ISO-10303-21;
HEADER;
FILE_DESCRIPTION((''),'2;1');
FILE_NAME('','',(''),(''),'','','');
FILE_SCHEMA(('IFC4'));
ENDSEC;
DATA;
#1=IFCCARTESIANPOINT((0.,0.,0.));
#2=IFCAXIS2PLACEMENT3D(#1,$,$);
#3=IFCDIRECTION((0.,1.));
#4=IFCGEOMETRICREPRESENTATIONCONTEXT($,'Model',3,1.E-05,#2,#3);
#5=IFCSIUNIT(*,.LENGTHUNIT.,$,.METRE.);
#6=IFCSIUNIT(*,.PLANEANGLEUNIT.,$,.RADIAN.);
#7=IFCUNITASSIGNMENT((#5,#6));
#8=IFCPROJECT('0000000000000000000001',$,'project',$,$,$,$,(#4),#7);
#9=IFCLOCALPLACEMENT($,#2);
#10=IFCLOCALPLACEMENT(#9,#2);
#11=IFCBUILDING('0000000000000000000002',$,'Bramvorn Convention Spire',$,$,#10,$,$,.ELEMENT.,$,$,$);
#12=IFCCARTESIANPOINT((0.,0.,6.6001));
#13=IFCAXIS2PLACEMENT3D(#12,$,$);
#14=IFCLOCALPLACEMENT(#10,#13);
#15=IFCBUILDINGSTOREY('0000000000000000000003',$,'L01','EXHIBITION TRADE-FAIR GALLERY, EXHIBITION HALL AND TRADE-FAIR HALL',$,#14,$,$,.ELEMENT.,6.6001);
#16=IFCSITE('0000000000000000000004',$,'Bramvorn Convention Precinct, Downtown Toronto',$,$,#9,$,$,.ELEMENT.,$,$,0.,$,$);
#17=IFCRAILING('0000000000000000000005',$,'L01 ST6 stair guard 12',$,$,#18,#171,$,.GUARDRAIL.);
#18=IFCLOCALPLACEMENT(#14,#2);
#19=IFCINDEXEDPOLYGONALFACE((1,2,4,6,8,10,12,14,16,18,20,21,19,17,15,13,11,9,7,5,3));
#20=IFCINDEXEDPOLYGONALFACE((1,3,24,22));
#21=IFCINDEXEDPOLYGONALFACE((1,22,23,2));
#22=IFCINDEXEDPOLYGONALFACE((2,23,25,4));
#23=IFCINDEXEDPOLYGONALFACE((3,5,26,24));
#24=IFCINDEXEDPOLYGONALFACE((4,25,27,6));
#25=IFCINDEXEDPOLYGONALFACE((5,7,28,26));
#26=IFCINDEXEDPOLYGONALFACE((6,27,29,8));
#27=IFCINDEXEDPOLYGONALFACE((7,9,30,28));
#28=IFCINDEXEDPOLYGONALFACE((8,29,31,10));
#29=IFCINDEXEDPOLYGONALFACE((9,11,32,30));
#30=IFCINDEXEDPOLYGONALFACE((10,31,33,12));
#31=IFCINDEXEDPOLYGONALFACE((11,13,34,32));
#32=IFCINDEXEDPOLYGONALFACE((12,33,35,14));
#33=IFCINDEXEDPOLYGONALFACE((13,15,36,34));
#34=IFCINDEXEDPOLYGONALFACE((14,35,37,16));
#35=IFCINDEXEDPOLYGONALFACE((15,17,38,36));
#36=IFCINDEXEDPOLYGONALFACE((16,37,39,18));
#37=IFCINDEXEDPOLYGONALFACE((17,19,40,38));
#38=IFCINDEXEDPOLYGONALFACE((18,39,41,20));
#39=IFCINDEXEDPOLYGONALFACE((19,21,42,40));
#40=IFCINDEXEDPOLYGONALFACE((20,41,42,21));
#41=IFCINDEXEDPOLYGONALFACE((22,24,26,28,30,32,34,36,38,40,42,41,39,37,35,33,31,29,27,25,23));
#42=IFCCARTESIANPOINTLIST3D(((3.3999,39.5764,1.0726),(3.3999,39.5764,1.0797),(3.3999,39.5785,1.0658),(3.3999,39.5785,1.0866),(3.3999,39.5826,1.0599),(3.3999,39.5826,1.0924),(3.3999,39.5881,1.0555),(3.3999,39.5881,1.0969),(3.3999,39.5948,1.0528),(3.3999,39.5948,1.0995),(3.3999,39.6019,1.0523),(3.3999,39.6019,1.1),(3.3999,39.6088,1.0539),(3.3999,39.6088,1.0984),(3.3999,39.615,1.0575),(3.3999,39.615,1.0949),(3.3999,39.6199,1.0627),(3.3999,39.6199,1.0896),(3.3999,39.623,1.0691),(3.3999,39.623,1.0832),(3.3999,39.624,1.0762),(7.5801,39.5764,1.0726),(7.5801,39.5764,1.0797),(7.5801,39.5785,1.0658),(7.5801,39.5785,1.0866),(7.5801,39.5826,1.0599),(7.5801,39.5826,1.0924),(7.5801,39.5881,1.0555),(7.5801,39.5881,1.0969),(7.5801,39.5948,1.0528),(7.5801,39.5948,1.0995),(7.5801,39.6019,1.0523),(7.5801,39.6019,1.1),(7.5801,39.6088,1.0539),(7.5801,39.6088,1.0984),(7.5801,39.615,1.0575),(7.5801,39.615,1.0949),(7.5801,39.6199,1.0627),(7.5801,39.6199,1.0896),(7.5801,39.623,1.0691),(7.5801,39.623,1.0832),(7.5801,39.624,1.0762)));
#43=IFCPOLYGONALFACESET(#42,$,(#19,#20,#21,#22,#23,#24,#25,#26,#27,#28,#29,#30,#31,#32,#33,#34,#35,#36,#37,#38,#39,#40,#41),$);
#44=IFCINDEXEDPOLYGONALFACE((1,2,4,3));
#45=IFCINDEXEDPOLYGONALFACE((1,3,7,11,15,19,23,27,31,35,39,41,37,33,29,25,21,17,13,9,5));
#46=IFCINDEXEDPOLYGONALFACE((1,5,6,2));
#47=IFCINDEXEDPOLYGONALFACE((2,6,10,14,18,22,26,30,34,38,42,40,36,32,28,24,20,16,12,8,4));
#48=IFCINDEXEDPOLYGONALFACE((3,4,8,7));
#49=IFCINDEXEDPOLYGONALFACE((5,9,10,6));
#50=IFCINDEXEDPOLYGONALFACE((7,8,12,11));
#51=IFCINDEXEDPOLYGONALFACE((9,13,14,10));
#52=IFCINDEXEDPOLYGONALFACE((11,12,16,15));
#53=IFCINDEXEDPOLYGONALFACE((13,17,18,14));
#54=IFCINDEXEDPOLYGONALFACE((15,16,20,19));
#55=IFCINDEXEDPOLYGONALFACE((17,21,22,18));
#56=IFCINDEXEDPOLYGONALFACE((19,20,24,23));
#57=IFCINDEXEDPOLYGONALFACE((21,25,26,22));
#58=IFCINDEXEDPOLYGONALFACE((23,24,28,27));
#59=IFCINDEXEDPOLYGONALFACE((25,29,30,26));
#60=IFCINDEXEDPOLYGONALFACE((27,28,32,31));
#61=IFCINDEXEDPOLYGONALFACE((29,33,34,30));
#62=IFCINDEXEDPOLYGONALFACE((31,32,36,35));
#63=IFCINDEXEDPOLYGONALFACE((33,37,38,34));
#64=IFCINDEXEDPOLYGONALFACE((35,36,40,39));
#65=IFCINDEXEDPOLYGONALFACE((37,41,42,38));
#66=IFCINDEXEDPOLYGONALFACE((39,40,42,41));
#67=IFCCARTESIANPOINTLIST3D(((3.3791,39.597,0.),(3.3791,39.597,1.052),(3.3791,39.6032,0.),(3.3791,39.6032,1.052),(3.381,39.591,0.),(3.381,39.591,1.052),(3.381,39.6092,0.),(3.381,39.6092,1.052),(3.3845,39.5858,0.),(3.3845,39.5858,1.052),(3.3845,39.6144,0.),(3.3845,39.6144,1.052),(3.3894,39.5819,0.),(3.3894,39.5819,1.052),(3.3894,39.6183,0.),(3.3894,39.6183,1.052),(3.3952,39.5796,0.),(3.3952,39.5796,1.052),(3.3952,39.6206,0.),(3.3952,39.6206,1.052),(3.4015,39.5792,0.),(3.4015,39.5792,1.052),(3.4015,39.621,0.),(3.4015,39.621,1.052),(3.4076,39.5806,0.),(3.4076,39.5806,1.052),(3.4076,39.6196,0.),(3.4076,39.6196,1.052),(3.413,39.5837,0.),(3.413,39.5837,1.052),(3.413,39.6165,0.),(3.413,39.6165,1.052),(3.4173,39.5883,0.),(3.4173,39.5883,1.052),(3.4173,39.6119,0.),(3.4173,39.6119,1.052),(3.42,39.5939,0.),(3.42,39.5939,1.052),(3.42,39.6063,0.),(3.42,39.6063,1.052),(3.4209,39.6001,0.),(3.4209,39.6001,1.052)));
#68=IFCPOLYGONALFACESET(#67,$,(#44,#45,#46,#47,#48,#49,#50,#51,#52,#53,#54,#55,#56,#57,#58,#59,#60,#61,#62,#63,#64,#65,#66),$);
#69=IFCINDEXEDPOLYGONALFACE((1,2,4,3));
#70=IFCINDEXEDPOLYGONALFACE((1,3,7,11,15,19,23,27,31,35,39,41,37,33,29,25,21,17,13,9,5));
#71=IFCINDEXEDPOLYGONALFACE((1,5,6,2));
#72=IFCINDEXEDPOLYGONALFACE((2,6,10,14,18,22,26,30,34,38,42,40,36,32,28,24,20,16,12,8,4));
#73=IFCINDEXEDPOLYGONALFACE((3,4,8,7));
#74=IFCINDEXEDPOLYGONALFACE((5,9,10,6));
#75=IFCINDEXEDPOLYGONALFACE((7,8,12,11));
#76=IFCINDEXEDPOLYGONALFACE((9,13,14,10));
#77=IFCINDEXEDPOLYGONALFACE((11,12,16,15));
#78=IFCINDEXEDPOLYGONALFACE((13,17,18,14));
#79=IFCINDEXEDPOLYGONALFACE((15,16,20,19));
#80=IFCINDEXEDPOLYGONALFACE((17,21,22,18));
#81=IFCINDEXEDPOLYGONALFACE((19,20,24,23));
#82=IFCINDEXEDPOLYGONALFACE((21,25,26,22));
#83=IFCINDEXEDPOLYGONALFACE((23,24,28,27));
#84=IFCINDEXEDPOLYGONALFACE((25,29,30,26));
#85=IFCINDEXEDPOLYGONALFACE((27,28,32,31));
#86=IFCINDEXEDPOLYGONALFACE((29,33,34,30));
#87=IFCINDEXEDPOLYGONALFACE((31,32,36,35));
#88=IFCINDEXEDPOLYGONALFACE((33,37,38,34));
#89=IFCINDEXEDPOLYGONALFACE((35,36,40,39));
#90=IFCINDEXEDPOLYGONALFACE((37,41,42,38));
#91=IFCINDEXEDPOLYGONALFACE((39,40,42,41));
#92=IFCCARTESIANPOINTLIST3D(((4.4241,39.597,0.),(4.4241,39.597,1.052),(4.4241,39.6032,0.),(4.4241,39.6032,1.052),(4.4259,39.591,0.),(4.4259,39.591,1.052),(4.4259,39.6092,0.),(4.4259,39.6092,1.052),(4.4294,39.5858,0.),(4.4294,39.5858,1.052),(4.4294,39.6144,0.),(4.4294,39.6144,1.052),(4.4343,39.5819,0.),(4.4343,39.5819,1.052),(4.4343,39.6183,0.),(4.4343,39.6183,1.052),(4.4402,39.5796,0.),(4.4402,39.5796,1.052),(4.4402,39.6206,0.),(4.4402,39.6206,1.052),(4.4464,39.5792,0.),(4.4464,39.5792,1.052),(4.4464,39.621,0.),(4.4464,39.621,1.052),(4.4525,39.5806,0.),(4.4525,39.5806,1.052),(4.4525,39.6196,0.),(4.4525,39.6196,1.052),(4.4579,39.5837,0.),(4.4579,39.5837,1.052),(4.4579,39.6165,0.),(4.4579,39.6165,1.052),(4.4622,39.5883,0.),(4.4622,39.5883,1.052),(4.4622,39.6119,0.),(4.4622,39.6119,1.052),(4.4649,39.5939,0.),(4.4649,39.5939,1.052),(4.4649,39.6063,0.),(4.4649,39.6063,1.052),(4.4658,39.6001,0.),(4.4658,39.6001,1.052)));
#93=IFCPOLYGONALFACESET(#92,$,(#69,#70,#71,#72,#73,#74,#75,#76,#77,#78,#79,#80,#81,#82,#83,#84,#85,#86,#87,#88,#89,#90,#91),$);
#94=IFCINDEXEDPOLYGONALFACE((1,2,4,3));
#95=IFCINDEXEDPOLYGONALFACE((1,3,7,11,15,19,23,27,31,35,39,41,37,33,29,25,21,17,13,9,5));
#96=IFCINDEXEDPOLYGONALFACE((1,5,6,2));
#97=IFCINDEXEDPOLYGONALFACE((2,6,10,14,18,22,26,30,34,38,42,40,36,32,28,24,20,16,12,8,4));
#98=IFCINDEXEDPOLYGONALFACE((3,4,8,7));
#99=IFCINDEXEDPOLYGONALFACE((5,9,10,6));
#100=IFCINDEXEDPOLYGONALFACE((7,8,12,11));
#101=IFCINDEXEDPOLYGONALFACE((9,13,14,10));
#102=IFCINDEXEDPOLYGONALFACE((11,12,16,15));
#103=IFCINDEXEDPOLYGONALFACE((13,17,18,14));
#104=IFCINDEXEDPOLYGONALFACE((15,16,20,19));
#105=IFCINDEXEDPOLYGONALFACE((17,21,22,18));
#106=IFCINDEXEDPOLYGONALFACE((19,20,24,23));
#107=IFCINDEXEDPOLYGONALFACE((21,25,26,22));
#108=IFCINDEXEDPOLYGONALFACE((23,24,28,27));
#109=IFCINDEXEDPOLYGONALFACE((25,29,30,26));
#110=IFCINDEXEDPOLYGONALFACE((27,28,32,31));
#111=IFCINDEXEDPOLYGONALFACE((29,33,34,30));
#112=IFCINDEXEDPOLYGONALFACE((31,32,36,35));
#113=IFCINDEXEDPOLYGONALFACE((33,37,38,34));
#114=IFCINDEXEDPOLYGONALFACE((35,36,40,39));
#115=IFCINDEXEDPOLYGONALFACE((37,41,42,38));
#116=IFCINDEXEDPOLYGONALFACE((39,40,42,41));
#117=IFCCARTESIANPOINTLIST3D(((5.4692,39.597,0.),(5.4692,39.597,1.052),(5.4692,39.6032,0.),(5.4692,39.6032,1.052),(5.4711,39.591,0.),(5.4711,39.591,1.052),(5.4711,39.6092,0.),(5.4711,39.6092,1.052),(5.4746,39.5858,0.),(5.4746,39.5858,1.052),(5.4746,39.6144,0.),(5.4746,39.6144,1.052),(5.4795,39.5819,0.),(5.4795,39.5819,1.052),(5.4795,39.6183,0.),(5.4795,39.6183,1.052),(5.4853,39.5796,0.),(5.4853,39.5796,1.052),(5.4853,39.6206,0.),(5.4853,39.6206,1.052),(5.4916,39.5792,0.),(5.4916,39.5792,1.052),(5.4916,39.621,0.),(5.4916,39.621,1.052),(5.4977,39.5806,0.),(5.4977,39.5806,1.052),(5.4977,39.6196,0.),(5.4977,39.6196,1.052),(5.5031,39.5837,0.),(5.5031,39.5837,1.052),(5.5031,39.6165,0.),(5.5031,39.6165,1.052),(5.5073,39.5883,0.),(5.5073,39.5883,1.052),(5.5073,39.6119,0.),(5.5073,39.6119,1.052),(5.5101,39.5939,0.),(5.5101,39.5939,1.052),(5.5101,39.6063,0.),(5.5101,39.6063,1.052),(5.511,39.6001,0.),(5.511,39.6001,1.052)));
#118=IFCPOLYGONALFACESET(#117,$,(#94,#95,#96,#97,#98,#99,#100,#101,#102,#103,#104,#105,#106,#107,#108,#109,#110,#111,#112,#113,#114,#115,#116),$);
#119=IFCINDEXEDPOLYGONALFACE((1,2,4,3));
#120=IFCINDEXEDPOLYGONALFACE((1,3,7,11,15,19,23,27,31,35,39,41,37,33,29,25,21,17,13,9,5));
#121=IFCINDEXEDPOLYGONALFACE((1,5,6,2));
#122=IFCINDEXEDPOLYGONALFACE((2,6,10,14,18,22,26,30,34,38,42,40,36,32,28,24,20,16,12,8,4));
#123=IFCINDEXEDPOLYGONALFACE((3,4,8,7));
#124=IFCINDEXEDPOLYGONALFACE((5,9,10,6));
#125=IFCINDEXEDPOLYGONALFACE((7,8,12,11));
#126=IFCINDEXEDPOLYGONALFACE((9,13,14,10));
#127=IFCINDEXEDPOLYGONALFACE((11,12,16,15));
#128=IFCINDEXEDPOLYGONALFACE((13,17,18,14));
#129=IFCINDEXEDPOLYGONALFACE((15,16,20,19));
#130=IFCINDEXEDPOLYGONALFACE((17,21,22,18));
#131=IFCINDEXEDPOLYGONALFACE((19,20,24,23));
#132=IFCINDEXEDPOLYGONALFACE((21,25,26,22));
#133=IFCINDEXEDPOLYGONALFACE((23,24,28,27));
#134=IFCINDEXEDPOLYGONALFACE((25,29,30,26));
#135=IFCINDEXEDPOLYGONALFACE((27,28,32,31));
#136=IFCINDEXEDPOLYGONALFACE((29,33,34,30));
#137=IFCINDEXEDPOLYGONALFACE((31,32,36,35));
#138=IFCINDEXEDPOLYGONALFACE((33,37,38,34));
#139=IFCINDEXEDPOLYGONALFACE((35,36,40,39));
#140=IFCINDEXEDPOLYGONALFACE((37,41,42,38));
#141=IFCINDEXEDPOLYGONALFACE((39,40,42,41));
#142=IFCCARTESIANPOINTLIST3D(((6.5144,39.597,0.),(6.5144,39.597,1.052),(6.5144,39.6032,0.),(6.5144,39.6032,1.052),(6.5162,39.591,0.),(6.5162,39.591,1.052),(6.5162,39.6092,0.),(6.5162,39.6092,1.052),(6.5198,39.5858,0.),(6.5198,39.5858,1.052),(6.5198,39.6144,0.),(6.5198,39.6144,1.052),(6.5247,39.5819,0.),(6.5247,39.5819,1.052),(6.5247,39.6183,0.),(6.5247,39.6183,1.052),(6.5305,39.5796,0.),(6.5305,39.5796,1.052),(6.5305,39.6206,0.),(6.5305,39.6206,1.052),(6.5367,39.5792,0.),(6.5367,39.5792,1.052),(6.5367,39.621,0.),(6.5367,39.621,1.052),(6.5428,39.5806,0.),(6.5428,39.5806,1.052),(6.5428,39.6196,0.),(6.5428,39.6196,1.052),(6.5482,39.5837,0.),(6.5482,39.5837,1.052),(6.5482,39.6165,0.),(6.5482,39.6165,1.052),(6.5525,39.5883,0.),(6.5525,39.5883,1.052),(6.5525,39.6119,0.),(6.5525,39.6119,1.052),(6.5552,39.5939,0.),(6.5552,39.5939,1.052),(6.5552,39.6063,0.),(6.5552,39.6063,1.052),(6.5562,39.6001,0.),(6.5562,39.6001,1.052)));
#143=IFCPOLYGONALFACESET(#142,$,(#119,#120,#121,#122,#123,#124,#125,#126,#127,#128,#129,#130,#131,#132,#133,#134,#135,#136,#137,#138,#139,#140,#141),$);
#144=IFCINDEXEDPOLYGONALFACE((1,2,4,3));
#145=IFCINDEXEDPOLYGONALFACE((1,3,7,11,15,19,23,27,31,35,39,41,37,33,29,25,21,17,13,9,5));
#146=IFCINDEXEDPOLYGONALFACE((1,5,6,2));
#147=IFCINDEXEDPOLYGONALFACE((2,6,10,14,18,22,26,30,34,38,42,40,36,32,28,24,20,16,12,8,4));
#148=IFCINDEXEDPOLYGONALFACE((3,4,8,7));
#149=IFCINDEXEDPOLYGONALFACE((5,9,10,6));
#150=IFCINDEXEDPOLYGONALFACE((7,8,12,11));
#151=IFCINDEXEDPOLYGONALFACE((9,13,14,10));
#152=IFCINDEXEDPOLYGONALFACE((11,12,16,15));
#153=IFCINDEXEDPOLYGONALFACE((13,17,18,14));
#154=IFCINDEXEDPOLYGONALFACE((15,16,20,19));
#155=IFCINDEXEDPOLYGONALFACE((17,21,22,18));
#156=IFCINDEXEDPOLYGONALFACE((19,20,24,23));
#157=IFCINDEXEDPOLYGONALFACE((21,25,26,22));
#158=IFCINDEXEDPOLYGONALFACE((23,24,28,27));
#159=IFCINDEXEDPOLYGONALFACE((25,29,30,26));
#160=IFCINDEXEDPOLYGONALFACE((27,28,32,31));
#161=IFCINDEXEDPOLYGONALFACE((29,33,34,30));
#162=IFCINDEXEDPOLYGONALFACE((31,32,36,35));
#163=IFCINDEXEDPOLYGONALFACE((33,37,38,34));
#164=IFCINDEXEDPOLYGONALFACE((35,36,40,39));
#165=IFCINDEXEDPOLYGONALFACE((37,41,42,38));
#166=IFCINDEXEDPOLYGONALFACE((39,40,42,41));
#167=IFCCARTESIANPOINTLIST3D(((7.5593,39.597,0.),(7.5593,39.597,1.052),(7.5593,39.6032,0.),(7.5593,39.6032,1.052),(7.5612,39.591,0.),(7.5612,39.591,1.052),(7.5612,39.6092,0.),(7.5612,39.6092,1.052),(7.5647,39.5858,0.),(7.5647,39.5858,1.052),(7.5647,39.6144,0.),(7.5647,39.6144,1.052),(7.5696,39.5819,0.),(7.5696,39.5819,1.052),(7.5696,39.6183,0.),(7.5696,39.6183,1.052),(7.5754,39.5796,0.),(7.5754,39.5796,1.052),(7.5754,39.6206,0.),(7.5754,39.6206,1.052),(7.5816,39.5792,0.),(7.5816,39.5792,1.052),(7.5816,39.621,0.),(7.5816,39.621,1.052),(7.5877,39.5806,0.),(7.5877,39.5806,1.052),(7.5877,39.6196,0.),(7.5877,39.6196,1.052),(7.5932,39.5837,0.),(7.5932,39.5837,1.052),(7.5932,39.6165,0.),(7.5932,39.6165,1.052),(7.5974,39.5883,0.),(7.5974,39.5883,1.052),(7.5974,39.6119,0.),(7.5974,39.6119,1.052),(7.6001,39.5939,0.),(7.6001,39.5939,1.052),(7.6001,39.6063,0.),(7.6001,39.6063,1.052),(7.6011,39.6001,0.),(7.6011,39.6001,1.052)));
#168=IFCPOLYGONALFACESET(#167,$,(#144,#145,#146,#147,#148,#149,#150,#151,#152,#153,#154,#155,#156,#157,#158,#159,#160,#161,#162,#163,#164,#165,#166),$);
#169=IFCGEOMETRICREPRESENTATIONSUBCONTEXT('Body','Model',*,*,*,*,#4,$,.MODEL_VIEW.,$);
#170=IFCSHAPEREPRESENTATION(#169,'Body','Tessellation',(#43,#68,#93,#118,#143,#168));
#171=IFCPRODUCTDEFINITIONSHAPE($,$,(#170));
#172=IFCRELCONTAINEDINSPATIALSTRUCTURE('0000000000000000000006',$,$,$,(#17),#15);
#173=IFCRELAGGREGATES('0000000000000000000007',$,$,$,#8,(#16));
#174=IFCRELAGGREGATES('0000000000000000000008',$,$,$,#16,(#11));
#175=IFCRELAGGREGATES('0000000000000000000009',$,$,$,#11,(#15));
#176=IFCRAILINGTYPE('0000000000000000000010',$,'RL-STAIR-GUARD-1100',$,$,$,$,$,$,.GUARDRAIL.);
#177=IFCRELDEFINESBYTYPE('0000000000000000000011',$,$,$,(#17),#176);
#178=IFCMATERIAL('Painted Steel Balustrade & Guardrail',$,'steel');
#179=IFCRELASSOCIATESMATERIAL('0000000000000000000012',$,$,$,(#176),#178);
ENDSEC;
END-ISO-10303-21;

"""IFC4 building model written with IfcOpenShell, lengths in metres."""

from ifc_helpers import new_model, si_unit, direction, frame, origin, origin_2d, place, context, subcontext, project, spatial, circle, extrude, material, type_object, element, save


model = new_model("IFC4")

# Units and contexts
model_context = context("Model", 3, precision=1e-05, world=origin(), true_north=direction((0.0, 1.0)))
body_context = subcontext(model_context, "Body", "Model", "MODEL_VIEW")
ifc_project = project(units=[si_unit("LENGTHUNIT", "METRE"), si_unit("PLANEANGLEUNIT", "RADIAN")], contexts=[model_context])

# Site, building, storey
site_placement = place(None, origin())
site = spatial("IfcSite", under=ifc_project, at=site_placement, Name="Bramvorn Convention Precinct, Downtown Toronto", CompositionType="ELEMENT", RefElevation=0.0)
building_placement = place(site_placement, origin())
building = spatial("IfcBuilding", under=site, at=building_placement, Name="Bramvorn Convention Spire", CompositionType="ELEMENT")
storey_placement = place(building_placement, frame((0.0, 0.0, 6.6001)))
storey = spatial("IfcBuildingStorey", under=building, at=storey_placement, Name="L01", Description="EXHIBITION TRADE-FAIR GALLERY, EXHIBITION HALL AND TRADE-FAIR HALL", CompositionType="ELEMENT", Elevation=6.6001)

# Railing
ifc_material_1 = material(Name="Painted Steel Balustrade & Guardrail", Category="steel")
railing_type = type_object("IfcRailingType", Name="RL-STAIR-GUARD-1100", PredefinedType="GUARDRAIL", material=ifc_material_1)
railing_1_placement = place(storey_placement, frame((3.3999, 39.6001, 0.0)))
element("IfcRailing", 1, at=railing_1_placement, inside=storey, type_object=railing_type, Name="L01 ST6 stair guard 12", PredefinedType="GUARDRAIL", context=body_context, shape_type="SweptSolid", body=[
    extrude(circle(Radius=0.0239, at=origin_2d()), frame((0.0, 0.0, 1.0762), z_axis=(1.0, 0.0, 0.0), x_axis=(0.0, 1.0, 0.0)), (0.0, 0.0, 1.0), 4.1802),
    extrude(circle(Radius=0.021, at=origin_2d()), origin(), (0.0, 0.0, 1.0), 1.052),
    extrude(circle(Radius=0.021, at=origin_2d()), frame((1.0449, 0.0, 0.0)), (0.0, 0.0, 1.0), 1.052),
    extrude(circle(Radius=0.021, at=origin_2d()), frame((2.0901, 0.0, 0.0)), (0.0, 0.0, 1.0), 1.052),
    extrude(circle(Radius=0.021, at=origin_2d()), frame((3.1353, 0.0, 0.0)), (0.0, 0.0, 1.0), 1.052),
    extrude(circle(Radius=0.021, at=origin_2d()), frame((4.1802, 0.0, 0.0)), (0.0, 0.0, 1.0), 1.052),
])

save(model, "model.ifc")
